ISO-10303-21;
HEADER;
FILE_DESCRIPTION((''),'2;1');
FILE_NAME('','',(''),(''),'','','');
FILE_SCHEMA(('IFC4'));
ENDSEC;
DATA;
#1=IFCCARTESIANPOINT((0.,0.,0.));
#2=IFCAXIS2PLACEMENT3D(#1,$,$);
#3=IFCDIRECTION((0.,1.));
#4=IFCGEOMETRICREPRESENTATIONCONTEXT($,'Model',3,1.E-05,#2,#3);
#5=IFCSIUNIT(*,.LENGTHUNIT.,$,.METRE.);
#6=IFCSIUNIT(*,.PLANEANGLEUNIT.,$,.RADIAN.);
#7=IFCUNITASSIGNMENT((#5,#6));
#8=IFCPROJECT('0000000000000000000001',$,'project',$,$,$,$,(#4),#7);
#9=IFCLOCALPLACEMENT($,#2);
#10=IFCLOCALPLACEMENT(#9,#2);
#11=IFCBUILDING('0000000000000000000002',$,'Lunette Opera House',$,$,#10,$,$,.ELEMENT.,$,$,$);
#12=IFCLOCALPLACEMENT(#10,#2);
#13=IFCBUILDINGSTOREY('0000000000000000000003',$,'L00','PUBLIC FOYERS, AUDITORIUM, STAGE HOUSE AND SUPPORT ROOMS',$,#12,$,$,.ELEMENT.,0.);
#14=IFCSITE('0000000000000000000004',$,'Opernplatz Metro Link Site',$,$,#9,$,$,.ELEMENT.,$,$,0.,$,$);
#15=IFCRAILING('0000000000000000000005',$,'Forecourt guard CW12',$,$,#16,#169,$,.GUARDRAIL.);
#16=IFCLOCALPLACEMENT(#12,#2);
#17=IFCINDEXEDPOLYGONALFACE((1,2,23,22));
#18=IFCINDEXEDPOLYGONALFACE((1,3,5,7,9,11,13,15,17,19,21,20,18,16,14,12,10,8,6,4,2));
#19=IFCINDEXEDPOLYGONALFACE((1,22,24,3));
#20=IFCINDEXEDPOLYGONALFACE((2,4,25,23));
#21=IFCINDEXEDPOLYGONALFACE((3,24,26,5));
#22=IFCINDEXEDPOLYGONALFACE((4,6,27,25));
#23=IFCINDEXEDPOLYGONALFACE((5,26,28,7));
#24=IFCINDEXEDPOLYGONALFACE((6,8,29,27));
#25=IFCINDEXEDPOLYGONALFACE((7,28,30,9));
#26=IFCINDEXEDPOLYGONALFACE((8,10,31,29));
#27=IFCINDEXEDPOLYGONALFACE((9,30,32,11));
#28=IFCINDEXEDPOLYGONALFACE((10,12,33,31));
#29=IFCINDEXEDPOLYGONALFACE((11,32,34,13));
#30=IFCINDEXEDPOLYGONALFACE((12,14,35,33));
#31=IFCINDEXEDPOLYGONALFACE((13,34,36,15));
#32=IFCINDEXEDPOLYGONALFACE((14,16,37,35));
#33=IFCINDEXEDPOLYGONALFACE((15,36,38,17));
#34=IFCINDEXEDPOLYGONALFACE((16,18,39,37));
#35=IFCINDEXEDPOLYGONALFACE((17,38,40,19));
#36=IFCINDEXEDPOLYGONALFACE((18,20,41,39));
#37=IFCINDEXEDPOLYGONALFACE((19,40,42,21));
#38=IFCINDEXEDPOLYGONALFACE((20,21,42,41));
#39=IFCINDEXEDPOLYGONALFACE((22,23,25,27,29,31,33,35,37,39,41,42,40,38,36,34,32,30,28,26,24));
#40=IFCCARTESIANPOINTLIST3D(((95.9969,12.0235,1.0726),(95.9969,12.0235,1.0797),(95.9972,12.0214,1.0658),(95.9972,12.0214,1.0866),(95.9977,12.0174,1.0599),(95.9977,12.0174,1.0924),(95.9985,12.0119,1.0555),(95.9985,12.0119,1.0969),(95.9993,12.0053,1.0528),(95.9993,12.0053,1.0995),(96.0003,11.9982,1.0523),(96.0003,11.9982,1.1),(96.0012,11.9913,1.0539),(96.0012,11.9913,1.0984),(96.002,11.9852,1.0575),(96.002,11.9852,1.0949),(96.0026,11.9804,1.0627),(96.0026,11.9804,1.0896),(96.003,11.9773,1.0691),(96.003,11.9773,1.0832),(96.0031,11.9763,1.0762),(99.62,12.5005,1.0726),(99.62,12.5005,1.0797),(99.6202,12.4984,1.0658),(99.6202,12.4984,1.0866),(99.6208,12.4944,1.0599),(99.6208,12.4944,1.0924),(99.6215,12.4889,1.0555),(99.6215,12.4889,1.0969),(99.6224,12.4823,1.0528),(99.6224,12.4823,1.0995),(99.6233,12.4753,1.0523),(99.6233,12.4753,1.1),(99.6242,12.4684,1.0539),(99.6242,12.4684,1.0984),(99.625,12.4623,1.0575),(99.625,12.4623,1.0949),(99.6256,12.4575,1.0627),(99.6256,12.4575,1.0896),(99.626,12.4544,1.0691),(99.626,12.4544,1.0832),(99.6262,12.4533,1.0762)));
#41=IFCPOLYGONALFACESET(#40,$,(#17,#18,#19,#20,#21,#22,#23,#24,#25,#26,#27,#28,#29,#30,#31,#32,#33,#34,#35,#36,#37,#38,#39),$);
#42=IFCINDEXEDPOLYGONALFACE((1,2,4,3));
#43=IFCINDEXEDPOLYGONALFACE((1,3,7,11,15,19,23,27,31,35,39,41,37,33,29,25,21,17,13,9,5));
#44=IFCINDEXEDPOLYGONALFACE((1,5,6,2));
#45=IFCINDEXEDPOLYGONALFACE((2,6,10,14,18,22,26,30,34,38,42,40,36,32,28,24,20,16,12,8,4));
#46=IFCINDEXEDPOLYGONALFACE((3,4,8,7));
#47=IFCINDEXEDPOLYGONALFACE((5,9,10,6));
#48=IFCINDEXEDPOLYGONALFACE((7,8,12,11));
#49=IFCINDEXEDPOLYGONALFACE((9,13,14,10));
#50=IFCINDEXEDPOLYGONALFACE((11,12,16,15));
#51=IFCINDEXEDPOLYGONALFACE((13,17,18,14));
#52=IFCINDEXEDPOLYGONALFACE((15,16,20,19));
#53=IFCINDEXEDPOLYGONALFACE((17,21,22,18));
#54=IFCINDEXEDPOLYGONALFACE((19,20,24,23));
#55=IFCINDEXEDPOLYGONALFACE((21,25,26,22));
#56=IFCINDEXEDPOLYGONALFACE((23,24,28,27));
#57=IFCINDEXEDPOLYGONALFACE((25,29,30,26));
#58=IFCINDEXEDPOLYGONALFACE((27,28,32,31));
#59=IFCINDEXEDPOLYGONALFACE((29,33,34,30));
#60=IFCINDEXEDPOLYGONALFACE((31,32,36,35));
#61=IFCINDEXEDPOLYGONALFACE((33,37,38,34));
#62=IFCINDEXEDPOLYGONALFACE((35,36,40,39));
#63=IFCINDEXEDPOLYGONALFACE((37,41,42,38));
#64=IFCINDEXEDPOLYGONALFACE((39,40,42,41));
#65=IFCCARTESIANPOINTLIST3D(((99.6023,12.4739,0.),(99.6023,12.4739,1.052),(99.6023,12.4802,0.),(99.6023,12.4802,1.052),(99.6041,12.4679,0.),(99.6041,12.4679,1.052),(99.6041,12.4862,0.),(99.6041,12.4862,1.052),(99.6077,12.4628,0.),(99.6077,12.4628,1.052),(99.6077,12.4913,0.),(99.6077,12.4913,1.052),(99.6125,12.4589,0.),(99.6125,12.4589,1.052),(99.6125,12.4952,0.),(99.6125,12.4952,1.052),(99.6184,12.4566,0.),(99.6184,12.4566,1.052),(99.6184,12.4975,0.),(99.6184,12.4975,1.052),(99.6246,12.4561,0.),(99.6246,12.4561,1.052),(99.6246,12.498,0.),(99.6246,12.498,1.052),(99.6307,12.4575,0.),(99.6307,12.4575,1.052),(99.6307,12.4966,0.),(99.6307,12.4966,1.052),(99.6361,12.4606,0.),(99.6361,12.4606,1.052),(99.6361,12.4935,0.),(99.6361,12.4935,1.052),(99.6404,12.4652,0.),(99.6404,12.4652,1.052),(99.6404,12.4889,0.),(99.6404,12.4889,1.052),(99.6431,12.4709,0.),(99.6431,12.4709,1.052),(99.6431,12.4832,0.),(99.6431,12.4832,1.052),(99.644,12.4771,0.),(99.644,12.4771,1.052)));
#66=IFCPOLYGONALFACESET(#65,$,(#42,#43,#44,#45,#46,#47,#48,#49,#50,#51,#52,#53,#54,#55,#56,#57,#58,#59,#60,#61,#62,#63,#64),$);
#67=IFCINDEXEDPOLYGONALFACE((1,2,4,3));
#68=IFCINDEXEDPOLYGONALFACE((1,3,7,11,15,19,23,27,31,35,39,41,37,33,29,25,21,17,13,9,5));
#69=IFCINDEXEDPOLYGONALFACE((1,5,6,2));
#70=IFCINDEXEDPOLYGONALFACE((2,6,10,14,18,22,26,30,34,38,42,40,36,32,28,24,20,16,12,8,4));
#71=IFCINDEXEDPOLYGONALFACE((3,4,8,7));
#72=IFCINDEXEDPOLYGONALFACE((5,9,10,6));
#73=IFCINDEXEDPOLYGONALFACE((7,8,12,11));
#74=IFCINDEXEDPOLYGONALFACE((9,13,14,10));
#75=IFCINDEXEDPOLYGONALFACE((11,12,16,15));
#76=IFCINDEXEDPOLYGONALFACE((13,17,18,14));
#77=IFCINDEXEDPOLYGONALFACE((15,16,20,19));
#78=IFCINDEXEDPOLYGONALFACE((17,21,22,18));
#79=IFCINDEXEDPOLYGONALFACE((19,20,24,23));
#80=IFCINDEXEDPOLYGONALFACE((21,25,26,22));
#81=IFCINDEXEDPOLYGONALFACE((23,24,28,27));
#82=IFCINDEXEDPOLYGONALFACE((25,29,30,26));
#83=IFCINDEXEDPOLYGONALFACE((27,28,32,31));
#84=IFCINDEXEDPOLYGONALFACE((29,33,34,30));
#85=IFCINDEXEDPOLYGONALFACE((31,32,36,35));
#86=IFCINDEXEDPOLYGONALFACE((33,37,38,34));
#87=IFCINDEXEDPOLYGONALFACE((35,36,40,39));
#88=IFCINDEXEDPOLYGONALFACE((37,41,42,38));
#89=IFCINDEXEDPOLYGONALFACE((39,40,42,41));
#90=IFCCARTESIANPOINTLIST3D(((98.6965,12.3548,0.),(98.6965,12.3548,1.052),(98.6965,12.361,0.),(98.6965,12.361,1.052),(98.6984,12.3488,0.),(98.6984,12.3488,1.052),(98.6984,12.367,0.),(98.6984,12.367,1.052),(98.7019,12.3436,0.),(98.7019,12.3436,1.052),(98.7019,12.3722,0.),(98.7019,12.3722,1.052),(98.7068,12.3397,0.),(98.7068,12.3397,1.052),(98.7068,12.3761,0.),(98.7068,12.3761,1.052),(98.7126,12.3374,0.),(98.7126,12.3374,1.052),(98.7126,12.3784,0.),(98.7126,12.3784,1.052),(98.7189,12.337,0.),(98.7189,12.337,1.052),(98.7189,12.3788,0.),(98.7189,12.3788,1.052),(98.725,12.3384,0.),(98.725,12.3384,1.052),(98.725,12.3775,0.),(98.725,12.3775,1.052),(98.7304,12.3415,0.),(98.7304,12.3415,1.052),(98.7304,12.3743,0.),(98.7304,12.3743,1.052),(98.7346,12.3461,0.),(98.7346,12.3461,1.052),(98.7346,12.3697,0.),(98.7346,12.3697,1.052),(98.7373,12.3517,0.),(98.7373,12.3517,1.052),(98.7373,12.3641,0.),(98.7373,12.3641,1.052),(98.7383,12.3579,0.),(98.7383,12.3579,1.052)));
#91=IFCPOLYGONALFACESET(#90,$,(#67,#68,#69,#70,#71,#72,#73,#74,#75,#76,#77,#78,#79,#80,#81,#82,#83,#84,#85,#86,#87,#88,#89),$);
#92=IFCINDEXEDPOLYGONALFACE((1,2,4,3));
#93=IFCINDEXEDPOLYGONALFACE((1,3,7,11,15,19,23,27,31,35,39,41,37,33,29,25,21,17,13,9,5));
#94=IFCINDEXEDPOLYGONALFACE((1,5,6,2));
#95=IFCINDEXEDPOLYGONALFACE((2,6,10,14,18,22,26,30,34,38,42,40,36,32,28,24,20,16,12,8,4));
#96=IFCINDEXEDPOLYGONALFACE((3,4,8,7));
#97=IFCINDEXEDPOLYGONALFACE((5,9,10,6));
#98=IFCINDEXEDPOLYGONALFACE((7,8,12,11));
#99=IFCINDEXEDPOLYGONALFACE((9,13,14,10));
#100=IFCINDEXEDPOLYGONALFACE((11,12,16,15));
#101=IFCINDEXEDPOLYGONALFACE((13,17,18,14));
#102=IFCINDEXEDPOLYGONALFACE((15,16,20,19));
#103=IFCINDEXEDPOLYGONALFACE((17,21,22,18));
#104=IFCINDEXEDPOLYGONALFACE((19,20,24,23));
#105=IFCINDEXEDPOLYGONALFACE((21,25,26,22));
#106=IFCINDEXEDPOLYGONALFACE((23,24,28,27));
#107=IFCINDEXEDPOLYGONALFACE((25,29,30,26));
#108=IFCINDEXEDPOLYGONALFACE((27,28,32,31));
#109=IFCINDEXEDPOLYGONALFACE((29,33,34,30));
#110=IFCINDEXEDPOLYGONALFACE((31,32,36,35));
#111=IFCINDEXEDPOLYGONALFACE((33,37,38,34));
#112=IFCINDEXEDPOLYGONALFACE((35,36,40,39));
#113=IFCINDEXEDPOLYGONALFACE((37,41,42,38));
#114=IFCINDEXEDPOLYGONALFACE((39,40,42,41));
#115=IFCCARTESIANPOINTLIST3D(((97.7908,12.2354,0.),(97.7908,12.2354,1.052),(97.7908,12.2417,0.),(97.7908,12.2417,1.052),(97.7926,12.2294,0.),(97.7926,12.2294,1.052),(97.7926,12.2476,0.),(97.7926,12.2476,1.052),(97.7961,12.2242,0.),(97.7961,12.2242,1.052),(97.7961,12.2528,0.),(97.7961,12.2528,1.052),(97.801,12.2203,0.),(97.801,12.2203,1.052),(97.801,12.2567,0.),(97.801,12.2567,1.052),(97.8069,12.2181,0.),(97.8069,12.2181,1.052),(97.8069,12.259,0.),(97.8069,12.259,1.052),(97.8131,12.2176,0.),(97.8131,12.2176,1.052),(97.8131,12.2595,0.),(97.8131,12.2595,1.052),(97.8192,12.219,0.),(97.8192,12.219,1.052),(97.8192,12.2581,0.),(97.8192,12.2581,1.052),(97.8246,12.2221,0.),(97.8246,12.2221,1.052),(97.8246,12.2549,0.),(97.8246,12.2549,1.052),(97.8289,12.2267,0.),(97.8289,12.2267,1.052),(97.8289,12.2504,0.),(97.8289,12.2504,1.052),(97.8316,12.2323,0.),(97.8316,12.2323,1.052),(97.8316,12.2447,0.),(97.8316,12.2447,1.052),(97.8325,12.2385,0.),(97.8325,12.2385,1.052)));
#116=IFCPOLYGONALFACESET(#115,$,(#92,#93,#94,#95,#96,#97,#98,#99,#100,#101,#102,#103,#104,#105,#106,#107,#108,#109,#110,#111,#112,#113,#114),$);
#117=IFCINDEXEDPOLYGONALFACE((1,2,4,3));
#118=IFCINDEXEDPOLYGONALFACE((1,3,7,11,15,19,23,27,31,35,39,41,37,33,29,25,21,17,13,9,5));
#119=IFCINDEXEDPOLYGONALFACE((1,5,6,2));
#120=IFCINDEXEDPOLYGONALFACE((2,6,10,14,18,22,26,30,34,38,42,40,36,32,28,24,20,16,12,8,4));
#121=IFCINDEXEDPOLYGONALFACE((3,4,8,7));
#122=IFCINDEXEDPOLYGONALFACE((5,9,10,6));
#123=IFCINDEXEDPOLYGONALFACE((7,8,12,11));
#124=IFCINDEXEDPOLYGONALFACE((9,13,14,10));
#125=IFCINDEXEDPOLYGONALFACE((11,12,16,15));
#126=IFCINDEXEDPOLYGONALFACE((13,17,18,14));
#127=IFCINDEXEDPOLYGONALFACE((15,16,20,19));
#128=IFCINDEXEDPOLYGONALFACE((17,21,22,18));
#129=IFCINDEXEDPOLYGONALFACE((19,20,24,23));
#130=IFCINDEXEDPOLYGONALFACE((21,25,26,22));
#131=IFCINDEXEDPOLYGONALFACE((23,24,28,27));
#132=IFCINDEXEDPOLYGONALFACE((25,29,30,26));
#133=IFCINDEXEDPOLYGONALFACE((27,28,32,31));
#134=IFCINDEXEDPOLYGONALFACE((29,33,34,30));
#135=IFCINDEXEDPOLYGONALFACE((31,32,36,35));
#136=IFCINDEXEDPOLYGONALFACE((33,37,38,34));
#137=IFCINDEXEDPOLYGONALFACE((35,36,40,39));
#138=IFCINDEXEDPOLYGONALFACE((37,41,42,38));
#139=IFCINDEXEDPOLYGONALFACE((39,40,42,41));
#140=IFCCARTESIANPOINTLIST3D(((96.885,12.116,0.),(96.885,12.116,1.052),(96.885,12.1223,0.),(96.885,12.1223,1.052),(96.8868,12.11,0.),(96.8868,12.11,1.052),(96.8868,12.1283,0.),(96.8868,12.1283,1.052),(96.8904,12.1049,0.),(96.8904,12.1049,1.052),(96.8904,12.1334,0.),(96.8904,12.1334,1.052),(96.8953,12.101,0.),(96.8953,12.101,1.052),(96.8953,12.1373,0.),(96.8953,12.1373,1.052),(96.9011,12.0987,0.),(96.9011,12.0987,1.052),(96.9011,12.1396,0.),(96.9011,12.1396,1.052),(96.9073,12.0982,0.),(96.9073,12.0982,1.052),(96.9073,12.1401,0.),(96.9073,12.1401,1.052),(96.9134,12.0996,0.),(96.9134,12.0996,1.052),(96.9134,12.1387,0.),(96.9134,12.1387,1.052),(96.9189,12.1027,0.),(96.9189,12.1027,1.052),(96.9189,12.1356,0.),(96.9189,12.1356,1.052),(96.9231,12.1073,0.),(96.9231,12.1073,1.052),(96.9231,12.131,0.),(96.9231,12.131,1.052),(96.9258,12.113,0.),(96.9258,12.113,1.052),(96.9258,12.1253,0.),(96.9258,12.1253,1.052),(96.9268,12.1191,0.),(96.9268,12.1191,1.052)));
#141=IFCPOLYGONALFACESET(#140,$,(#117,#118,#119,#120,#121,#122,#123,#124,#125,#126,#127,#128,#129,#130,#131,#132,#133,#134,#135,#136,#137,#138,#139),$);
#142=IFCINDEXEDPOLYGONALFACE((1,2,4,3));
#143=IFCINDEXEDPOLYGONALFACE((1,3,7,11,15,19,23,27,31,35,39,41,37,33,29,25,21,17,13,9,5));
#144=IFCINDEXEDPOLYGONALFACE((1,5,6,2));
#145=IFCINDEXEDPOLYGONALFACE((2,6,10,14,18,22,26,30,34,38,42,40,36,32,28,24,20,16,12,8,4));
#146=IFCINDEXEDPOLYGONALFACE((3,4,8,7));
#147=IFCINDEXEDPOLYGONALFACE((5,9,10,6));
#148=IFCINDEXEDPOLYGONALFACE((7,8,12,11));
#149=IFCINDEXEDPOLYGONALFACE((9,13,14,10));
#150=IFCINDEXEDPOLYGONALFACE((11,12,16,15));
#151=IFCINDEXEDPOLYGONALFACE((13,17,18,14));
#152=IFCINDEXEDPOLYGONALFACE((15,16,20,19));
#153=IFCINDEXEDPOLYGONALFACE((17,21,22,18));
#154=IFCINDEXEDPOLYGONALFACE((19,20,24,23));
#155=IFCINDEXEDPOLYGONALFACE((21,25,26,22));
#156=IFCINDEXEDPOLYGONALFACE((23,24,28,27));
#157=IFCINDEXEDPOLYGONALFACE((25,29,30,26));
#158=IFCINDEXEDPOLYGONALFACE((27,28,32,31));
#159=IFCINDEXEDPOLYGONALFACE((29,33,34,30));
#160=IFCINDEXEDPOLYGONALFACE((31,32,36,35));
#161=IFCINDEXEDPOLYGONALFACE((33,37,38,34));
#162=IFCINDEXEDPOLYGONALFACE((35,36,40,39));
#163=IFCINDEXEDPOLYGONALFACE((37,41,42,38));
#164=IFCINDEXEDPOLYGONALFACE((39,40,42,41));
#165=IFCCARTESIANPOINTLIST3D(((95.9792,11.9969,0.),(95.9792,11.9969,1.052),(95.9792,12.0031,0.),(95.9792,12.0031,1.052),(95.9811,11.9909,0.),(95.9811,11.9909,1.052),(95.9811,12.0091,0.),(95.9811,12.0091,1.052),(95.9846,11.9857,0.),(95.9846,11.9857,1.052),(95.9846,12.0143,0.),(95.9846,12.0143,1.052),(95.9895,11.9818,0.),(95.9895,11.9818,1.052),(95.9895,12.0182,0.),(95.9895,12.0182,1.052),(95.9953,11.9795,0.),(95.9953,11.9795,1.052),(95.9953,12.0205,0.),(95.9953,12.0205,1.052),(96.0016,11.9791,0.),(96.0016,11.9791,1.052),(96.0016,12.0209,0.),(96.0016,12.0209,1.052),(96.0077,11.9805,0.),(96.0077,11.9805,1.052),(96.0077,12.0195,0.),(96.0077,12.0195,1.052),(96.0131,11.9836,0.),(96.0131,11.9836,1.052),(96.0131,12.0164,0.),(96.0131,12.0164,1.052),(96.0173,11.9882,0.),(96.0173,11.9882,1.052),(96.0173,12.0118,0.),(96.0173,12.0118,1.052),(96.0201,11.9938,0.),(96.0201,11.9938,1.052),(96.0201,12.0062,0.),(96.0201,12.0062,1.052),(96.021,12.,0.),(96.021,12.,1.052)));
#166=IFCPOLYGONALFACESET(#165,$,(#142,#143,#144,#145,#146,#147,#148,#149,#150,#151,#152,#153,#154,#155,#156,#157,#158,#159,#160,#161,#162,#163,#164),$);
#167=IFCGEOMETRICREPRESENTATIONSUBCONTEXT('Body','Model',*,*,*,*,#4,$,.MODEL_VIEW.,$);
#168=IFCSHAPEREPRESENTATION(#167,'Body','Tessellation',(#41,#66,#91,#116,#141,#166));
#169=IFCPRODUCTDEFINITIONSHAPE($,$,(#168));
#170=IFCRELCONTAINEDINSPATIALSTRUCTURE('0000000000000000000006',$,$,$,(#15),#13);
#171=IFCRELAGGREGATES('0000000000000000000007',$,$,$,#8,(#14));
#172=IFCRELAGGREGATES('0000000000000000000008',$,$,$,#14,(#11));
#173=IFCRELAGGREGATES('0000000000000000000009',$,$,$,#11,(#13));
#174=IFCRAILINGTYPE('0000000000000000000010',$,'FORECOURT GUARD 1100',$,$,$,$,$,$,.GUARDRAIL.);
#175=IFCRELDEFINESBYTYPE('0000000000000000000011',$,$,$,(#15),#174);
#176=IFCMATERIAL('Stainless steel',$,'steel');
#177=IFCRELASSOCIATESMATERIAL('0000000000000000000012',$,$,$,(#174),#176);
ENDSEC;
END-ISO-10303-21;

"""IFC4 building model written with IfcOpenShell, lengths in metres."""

from ifc_helpers import new_model, si_unit, direction, frame, origin, origin_2d, place, context, subcontext, project, spatial, circle, extrude, material, type_object, element, save


model = new_model("IFC4")

# Units and contexts
model_context = context("Model", 3, precision=1e-05, world=origin(), true_north=direction((0.0, 1.0)))
body_context = subcontext(model_context, "Body", "Model", "MODEL_VIEW")
ifc_project = project(units=[si_unit("LENGTHUNIT", "METRE"), si_unit("PLANEANGLEUNIT", "RADIAN")], contexts=[model_context])

# Site, building, storey
site_placement = place(None, origin())
site = spatial("IfcSite", under=ifc_project, at=site_placement, Name="Opernplatz Metro Link Site", CompositionType="ELEMENT", RefElevation=0.0)
building_placement = place(site_placement, origin())
building = spatial("IfcBuilding", under=site, at=building_placement, Name="Lunette Opera House", CompositionType="ELEMENT")
storey_placement = place(building_placement, origin())
storey = spatial("IfcBuildingStorey", under=building, at=storey_placement, Name="L00", Description="PUBLIC FOYERS, AUDITORIUM, STAGE HOUSE AND SUPPORT ROOMS", CompositionType="ELEMENT", Elevation=0.0)

# Railing
ifc_material_1 = material(Name="Stainless steel", Category="steel")
railing_type = type_object("IfcRailingType", Name="FORECOURT GUARD 1100", PredefinedType="GUARDRAIL", material=ifc_material_1)
railing_1_placement = place(storey_placement, frame((99.623, 12.4771, 0.0)))
element("IfcRailing", 1, at=railing_1_placement, inside=storey, type_object=railing_type, Name="Forecourt guard CW12", PredefinedType="GUARDRAIL", context=body_context, shape_type="SweptSolid", body=[
    extrude(circle(Radius=0.0239, at=origin_2d()), frame((0.0, 0.0, 1.0762), z_axis=(-0.991442, -0.130544, 0.0), x_axis=(0.130544, -0.991442, 0.0)), (0.0, 0.0, 1.0), 3.6543),
    extrude(circle(Radius=0.021, at=origin_2d()), origin(), (0.0, 0.0, 1.0), 1.052),
    extrude(circle(Radius=0.021, at=origin_2d()), frame((-0.9058, -0.1191, 0.0)), (0.0, 0.0, 1.0), 1.052),
    extrude(circle(Radius=0.021, at=origin_2d()), frame((-1.8115, -0.2385, 0.0)), (0.0, 0.0, 1.0), 1.052),
    extrude(circle(Radius=0.021, at=origin_2d()), frame((-2.7173, -0.3579, 0.0)), (0.0, 0.0, 1.0), 1.052),
    extrude(circle(Radius=0.021, at=origin_2d()), frame((-3.623, -0.4771, 0.0)), (0.0, 0.0, 1.0), 1.052),
])

save(model, "model.ifc")
